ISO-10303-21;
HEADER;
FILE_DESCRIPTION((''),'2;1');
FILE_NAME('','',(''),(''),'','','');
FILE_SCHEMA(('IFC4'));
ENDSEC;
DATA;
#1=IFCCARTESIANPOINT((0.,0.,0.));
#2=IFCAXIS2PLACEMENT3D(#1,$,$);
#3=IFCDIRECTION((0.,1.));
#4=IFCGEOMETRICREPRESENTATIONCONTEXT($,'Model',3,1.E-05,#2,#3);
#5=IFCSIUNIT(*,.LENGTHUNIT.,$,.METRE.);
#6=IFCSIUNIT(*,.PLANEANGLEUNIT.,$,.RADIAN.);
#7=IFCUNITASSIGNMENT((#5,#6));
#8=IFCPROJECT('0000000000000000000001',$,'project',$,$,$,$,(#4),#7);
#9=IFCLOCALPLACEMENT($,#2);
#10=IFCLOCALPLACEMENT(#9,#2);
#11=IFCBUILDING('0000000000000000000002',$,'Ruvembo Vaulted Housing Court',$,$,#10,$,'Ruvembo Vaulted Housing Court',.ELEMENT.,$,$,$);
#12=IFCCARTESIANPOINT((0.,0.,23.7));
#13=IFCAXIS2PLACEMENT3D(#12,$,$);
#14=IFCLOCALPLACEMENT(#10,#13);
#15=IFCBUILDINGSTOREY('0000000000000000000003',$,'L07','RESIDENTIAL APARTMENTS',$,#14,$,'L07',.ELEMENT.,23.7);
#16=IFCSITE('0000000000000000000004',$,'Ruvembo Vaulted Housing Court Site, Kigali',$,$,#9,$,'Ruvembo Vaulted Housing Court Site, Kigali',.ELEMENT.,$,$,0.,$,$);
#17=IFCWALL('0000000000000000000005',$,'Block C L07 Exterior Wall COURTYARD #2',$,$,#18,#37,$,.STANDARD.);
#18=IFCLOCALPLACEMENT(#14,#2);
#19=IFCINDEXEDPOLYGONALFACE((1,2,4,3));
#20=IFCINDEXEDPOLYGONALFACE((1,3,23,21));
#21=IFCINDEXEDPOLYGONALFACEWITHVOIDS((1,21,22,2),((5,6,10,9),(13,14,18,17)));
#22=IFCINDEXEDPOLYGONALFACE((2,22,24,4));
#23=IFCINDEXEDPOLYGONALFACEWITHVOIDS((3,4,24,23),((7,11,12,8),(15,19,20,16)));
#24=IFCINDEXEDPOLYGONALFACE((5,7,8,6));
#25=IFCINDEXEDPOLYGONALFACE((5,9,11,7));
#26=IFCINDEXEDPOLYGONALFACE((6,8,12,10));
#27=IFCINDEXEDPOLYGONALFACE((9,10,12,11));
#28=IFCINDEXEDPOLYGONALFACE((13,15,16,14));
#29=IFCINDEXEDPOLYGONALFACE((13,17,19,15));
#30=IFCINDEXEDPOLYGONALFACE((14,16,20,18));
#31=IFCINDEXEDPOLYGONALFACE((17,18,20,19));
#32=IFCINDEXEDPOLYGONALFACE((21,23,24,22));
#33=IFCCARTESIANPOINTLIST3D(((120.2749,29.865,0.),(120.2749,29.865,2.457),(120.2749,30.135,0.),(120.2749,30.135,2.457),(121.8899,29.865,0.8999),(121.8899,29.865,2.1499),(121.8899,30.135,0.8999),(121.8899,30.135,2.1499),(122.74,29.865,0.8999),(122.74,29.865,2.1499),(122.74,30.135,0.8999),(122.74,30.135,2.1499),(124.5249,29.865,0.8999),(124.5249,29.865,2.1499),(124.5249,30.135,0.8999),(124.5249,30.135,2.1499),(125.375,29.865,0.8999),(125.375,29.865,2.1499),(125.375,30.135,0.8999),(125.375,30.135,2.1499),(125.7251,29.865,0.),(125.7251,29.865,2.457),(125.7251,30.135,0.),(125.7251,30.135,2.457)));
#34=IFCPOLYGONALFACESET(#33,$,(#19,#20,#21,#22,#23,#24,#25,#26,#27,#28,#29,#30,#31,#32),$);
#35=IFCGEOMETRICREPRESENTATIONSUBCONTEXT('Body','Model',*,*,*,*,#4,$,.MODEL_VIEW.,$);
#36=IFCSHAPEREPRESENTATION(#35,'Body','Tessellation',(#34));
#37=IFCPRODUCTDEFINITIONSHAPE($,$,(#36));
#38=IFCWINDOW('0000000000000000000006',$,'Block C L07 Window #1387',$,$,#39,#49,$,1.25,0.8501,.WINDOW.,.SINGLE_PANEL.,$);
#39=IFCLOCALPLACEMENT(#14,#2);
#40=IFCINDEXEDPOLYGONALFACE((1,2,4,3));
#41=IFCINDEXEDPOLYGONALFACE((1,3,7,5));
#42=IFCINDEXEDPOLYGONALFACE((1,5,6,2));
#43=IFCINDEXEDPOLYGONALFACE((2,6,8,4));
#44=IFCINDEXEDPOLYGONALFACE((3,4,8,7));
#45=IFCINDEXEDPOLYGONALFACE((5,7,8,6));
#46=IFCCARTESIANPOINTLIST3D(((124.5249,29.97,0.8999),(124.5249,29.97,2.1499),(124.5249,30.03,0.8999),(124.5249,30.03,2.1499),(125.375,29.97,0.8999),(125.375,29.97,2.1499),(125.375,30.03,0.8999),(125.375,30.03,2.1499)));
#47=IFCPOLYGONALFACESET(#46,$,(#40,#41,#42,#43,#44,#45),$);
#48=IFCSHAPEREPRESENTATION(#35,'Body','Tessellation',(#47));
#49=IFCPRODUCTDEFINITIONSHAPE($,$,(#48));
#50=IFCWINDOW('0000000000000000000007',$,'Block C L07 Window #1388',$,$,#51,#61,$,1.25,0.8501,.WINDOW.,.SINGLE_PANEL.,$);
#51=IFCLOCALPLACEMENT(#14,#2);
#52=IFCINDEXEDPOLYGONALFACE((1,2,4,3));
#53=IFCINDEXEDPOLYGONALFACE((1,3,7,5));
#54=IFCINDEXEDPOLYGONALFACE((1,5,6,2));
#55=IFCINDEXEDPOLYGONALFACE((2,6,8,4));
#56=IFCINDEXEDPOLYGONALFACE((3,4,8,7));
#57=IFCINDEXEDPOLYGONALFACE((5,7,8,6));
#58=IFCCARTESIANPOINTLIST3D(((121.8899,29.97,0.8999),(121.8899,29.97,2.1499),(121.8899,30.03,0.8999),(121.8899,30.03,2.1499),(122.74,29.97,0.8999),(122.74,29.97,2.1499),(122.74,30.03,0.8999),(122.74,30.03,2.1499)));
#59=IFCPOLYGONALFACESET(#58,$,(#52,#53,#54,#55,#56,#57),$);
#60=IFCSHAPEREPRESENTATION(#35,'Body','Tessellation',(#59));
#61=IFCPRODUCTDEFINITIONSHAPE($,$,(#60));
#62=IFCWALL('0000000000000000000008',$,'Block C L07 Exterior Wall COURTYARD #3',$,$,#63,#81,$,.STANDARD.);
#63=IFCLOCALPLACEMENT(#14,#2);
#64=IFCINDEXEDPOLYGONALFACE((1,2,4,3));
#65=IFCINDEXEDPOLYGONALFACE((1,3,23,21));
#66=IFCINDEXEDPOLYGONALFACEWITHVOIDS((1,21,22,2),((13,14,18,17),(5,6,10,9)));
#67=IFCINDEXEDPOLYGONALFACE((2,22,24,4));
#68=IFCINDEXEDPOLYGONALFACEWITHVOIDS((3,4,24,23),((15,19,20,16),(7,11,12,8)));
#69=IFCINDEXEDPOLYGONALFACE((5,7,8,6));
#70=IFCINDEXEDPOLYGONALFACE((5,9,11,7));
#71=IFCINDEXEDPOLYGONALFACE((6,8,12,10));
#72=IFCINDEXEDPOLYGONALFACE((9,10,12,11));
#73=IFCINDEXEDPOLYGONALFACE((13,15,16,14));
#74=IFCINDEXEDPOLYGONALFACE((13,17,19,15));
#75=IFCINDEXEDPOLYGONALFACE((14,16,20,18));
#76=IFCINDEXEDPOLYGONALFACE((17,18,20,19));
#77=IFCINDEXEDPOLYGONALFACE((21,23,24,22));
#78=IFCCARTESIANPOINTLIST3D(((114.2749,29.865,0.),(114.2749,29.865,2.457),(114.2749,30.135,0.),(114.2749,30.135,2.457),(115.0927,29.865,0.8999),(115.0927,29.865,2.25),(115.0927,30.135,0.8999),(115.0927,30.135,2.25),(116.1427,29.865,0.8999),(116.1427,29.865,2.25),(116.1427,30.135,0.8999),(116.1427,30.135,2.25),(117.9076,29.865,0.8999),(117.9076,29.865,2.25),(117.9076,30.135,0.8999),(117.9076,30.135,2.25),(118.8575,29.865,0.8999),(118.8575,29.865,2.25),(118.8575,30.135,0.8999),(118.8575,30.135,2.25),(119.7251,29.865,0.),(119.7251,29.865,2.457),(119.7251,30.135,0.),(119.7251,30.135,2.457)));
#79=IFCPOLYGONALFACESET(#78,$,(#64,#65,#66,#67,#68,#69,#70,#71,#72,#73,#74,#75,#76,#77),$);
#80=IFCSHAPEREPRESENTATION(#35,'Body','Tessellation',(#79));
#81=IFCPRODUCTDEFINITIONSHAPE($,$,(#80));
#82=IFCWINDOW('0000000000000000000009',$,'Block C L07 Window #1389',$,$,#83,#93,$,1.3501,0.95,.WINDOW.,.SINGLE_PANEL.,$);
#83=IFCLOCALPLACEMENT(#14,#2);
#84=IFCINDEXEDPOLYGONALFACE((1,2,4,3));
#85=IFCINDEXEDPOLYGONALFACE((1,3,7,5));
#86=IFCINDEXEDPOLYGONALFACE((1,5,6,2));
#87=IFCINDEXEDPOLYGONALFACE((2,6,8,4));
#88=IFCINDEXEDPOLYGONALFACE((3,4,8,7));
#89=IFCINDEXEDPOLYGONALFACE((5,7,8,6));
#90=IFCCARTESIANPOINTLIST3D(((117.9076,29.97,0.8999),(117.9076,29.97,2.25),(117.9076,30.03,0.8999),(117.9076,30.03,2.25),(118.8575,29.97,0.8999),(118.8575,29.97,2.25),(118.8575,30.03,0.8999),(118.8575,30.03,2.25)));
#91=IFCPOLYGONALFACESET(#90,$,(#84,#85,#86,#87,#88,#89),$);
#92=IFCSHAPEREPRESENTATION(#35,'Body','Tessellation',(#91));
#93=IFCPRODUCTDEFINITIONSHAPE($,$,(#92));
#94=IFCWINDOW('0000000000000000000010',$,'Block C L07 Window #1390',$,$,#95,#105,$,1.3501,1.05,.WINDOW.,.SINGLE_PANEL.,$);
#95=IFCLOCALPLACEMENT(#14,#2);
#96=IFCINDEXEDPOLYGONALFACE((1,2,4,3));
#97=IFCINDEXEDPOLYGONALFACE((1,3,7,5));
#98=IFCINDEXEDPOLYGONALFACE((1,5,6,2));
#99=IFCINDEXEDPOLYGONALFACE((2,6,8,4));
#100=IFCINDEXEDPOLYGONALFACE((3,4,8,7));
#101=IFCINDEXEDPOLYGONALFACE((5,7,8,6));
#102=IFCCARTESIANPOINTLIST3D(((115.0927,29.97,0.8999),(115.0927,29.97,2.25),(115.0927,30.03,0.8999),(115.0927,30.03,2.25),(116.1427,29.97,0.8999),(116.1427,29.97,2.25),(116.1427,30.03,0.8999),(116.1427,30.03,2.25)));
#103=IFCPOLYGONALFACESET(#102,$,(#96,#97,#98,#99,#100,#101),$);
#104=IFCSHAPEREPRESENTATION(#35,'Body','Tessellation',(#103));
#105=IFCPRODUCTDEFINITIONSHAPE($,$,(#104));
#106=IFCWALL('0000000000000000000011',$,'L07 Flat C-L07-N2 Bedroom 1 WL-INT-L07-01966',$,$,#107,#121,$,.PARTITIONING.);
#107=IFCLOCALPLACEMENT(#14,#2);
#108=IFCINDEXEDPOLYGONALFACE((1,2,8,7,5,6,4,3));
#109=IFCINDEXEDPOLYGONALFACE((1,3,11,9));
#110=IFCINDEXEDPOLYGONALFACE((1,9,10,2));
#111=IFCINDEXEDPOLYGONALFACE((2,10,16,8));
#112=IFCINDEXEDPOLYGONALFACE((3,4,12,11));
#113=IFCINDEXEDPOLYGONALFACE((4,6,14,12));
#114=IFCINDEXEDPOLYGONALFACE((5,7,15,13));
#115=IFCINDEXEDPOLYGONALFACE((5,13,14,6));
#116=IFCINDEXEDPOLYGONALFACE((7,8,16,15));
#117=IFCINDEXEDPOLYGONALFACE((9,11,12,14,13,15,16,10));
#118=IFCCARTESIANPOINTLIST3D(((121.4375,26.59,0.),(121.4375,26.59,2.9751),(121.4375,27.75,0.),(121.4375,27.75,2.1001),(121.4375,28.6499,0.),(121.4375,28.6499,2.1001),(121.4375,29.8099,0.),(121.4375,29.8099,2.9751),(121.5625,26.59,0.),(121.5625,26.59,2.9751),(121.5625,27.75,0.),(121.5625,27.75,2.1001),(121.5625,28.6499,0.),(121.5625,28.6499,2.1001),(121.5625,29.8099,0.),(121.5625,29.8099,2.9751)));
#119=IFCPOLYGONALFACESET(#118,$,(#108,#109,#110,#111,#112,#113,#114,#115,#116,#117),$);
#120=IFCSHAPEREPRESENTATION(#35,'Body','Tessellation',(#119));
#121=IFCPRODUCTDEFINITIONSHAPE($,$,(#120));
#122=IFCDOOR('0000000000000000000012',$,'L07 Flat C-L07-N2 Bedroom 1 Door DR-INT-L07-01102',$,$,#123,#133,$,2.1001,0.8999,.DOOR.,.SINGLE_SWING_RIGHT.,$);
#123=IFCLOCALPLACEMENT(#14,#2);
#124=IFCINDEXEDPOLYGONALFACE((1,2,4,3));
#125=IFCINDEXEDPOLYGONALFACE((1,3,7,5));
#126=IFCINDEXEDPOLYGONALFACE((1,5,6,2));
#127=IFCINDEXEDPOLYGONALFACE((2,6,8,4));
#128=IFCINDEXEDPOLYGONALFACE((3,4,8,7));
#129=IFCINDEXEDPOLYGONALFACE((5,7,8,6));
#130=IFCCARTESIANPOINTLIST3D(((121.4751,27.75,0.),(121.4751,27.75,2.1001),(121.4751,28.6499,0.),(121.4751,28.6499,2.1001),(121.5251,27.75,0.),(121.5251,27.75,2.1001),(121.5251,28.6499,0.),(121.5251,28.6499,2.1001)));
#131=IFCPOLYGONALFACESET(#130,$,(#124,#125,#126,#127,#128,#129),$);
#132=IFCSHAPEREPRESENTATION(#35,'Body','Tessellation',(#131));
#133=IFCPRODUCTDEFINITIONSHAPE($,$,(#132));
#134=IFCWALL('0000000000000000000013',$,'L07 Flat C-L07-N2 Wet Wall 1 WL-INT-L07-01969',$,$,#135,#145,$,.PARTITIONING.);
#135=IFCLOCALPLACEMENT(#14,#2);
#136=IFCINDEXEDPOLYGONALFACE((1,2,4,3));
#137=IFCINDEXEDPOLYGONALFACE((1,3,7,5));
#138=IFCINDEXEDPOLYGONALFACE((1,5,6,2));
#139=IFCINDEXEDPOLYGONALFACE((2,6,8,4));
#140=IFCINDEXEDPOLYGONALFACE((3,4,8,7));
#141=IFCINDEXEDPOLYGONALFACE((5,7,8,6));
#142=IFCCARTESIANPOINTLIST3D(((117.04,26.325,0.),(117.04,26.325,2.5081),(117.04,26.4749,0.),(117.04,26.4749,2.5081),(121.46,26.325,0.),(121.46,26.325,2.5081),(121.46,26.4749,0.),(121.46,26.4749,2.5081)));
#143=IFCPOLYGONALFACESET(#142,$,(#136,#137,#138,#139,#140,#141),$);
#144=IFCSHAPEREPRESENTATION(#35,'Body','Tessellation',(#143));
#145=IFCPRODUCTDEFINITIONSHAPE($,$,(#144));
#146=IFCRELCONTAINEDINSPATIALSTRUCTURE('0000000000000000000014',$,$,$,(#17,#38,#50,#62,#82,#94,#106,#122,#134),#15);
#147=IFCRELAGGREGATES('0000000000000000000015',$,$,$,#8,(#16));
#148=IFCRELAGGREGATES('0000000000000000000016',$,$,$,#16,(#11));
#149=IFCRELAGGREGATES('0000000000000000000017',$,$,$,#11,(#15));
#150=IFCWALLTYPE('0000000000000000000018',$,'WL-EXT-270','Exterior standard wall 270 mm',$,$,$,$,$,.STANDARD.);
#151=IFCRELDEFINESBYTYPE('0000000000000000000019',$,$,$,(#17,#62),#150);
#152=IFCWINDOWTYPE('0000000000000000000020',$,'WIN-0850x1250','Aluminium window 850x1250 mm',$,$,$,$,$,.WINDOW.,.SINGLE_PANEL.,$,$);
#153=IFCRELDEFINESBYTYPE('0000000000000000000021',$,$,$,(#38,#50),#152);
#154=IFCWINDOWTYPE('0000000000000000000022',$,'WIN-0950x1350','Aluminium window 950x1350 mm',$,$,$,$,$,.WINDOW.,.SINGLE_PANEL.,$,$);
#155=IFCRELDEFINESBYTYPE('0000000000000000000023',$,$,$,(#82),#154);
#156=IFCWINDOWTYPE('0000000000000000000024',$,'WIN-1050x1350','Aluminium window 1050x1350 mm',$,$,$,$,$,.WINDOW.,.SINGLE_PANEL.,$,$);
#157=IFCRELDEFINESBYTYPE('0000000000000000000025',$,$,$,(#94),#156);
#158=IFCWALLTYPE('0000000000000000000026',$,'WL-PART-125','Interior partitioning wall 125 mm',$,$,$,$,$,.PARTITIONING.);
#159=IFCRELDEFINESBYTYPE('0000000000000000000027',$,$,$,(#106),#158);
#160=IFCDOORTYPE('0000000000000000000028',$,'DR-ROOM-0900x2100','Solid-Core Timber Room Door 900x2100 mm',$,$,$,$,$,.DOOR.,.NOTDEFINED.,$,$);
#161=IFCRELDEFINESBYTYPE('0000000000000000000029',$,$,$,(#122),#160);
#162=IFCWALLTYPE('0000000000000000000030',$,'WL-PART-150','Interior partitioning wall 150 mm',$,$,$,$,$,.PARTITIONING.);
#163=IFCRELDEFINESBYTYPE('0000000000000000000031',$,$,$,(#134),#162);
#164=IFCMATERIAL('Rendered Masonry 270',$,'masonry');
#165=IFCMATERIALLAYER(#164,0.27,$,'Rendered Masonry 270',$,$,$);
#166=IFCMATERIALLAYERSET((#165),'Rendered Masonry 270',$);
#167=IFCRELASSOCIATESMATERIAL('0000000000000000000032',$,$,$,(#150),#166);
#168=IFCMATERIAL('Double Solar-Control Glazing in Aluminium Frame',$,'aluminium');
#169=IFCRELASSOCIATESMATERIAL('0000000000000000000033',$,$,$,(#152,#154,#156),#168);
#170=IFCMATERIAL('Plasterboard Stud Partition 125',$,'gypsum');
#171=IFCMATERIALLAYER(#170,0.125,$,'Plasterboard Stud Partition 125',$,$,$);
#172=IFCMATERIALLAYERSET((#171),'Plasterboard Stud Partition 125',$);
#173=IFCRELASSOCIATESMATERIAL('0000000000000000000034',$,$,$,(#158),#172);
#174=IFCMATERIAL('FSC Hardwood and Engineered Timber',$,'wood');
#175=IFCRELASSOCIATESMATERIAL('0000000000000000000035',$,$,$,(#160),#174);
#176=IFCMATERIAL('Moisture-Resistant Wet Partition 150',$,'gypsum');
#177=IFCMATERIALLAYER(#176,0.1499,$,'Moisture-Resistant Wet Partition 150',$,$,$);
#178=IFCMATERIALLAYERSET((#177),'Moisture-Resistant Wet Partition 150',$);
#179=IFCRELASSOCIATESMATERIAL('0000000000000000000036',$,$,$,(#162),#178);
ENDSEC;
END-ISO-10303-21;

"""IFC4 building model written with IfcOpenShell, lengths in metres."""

from ifc_helpers import new_model, si_unit, direction, frame, frame_2d, origin, place, context, subcontext, project, spatial, rectangle, extrude, material, layer, layer_set, type_object, element, fill, save


model = new_model("IFC4")

# Units and contexts
model_context = context("Model", 3, precision=1e-05, world=origin(), true_north=direction((0.0, 1.0)))
body_context = subcontext(model_context, "Body", "Model", "MODEL_VIEW")
ifc_project = project(units=[si_unit("LENGTHUNIT", "METRE"), si_unit("PLANEANGLEUNIT", "RADIAN")], contexts=[model_context])

# Site, building, storey
site_placement = place(None, origin())
site = spatial("IfcSite", under=ifc_project, at=site_placement, Name="Ruvembo Vaulted Housing Court Site, Kigali", LongName="Ruvembo Vaulted Housing Court Site, Kigali", CompositionType="ELEMENT", RefElevation=0.0)
building_placement = place(site_placement, origin())
building = spatial("IfcBuilding", under=site, at=building_placement, Name="Ruvembo Vaulted Housing Court", LongName="Ruvembo Vaulted Housing Court", CompositionType="ELEMENT")
storey_placement = place(building_placement, frame((0.0, 0.0, 23.7)))
storey = spatial("IfcBuildingStorey", under=building, at=storey_placement, Name="L07", Description="RESIDENTIAL APARTMENTS", LongName="L07", CompositionType="ELEMENT", Elevation=23.7)

# Walls, openings, windows
ifc_material_1 = material(Name="Rendered Masonry 270", Category="masonry")
ifc_layer_1 = layer(ifc_material_1, 0.27, Name="Rendered Masonry 270")
ifc_layer_set_1 = layer_set([ifc_layer_1], Name="Rendered Masonry 270")
wall_type_1 = type_object("IfcWallType", Name="WL-EXT-270", Description="Exterior standard wall 270 mm", PredefinedType="STANDARD", material=ifc_layer_set_1)
wall_1_placement = place(storey_placement, frame((125.7251, 30.0, 0.0), z_axis=(0.0, 0.0, 1.0), x_axis=(-1.0, 0.0, 0.0)))
wall_1 = element("IfcWall", 1, at=wall_1_placement, inside=storey, type_object=wall_type_1, Name="Block C L07 Exterior Wall COURTYARD #2", PredefinedType="STANDARD", context=body_context, shape_type="SweptSolid", body=[
    extrude(rectangle(XDim=5.4502, YDim=0.27, at=frame_2d((2.7251, 0.0))), origin(), (0.0, 0.0, 1.0), 2.457),
])
opening_1_placement = place(wall_1_placement, frame((0.3501, 0.0, 0.8999)))
opening_1 = element("IfcOpeningElement", 2, at=opening_1_placement, cuts=wall_1, PredefinedType="OPENING", context=body_context, shape_type="SweptSolid", body=[
    extrude(rectangle(XDim=0.8501, YDim=1.25, at=frame_2d((0.425, 0.625))), frame((0.0, 0.145, 0.0), z_axis=(0.0, -1.0, 0.0), x_axis=(1.0, 0.0, 0.0)), (0.0, 0.0, 1.0), 0.29),
])
opening_2_placement = place(wall_1_placement, frame((2.9851, 0.0, 0.8999)))
opening_2 = element("IfcOpeningElement", 3, at=opening_2_placement, cuts=wall_1, PredefinedType="OPENING", context=body_context, shape_type="SweptSolid", body=[
    extrude(rectangle(XDim=0.8501, YDim=1.25, at=frame_2d((0.425, 0.625))), frame((0.0, 0.145, 0.0), z_axis=(0.0, -1.0, 0.0), x_axis=(1.0, 0.0, 0.0)), (0.0, 0.0, 1.0), 0.29),
])
ifc_material_2 = material(Name="Double Solar-Control Glazing in Aluminium Frame", Category="aluminium")
window_type_1 = type_object("IfcWindowType", Name="WIN-0850x1250", Description="Aluminium window 850x1250 mm", PartitioningType="SINGLE_PANEL", PredefinedType="WINDOW", material=ifc_material_2)
window_1_placement = place(opening_1_placement, origin())
window_1 = element("IfcWindow", 4, at=window_1_placement, inside=storey, type_object=window_type_1, Name="Block C L07 Window #1387", OverallHeight=1.25, OverallWidth=0.8501, PartitioningType="SINGLE_PANEL", PredefinedType="WINDOW", context=body_context, shape_type="SweptSolid", body=[
    extrude(rectangle(XDim=0.8501, YDim=1.25, at=frame_2d((0.425, 0.625))), frame((0.0, 0.03, 0.0), z_axis=(0.0, -1.0, 0.0), x_axis=(1.0, 0.0, 0.0)), (0.0, 0.0, 1.0), 0.0601),
])
fill(opening_1, window_1)
window_2_placement = place(opening_2_placement, origin())
window_2 = element("IfcWindow", 5, at=window_2_placement, inside=storey, type_object=window_type_1, Name="Block C L07 Window #1388", OverallHeight=1.25, OverallWidth=0.8501, PartitioningType="SINGLE_PANEL", PredefinedType="WINDOW", context=body_context, shape_type="SweptSolid", body=[
    extrude(rectangle(XDim=0.8501, YDim=1.25, at=frame_2d((0.425, 0.625))), frame((0.0, 0.03, 0.0), z_axis=(0.0, -1.0, 0.0), x_axis=(1.0, 0.0, 0.0)), (0.0, 0.0, 1.0), 0.0601),
])
fill(opening_2, window_2)
wall_2_placement = place(storey_placement, frame((119.7251, 30.0, 0.0), z_axis=(0.0, 0.0, 1.0), x_axis=(-1.0, 0.0, 0.0)))
wall_2 = element("IfcWall", 6, at=wall_2_placement, inside=storey, type_object=wall_type_1, Name="Block C L07 Exterior Wall COURTYARD #3", PredefinedType="STANDARD", context=body_context, shape_type="SweptSolid", body=[
    extrude(rectangle(XDim=5.4502, YDim=0.27, at=frame_2d((2.7251, 0.0))), origin(), (0.0, 0.0, 1.0), 2.457),
])
opening_3_placement = place(wall_2_placement, frame((0.8674, 0.0, 0.8999)))
opening_3 = element("IfcOpeningElement", 7, at=opening_3_placement, cuts=wall_2, PredefinedType="OPENING", context=body_context, shape_type="SweptSolid", body=[
    extrude(rectangle(XDim=0.95, YDim=1.3501, at=frame_2d((0.4751, 0.675))), frame((0.0, 0.145, 0.0), z_axis=(0.0, -1.0, 0.0), x_axis=(1.0, 0.0, 0.0)), (0.0, 0.0, 1.0), 0.29),
])
opening_4_placement = place(wall_2_placement, frame((3.5825, 0.0, 0.8999)))
opening_4 = element("IfcOpeningElement", 8, at=opening_4_placement, cuts=wall_2, PredefinedType="OPENING", context=body_context, shape_type="SweptSolid", body=[
    extrude(rectangle(XDim=1.05, YDim=1.3501, at=frame_2d((0.5249, 0.675))), frame((0.0, 0.145, 0.0), z_axis=(0.0, -1.0, 0.0), x_axis=(1.0, 0.0, 0.0)), (0.0, 0.0, 1.0), 0.29),
])
window_type_2 = type_object("IfcWindowType", Name="WIN-0950x1350", Description="Aluminium window 950x1350 mm", PartitioningType="SINGLE_PANEL", PredefinedType="WINDOW", material=ifc_material_2)
window_3_placement = place(opening_3_placement, origin())
window_3 = element("IfcWindow", 9, at=window_3_placement, inside=storey, type_object=window_type_2, Name="Block C L07 Window #1389", OverallHeight=1.3501, OverallWidth=0.95, PartitioningType="SINGLE_PANEL", PredefinedType="WINDOW", context=body_context, shape_type="SweptSolid", body=[
    extrude(rectangle(XDim=0.95, YDim=1.3501, at=frame_2d((0.4751, 0.675))), frame((0.0, 0.03, 0.0), z_axis=(0.0, -1.0, 0.0), x_axis=(1.0, 0.0, 0.0)), (0.0, 0.0, 1.0), 0.0601),
])
fill(opening_3, window_3)
window_type_3 = type_object("IfcWindowType", Name="WIN-1050x1350", Description="Aluminium window 1050x1350 mm", PartitioningType="SINGLE_PANEL", PredefinedType="WINDOW", material=ifc_material_2)
window_4_placement = place(opening_4_placement, origin())
window_4 = element("IfcWindow", 10, at=window_4_placement, inside=storey, type_object=window_type_3, Name="Block C L07 Window #1390", OverallHeight=1.3501, OverallWidth=1.05, PartitioningType="SINGLE_PANEL", PredefinedType="WINDOW", context=body_context, shape_type="SweptSolid", body=[
    extrude(rectangle(XDim=1.05, YDim=1.3501, at=frame_2d((0.5249, 0.675))), frame((0.0, 0.03, 0.0), z_axis=(0.0, -1.0, 0.0), x_axis=(1.0, 0.0, 0.0)), (0.0, 0.0, 1.0), 0.0601),
])
fill(opening_4, window_4)

# Wall, opening, door
ifc_material_3 = material(Name="Plasterboard Stud Partition 125", Category="gypsum")
ifc_layer_2 = layer(ifc_material_3, 0.125, Name="Plasterboard Stud Partition 125")
ifc_layer_set_2 = layer_set([ifc_layer_2], Name="Plasterboard Stud Partition 125")
wall_type_2 = type_object("IfcWallType", Name="WL-PART-125", Description="Interior partitioning wall 125 mm", PredefinedType="PARTITIONING", material=ifc_layer_set_2)
wall_3_placement = place(storey_placement, frame((121.5, 26.5901, 0.0), z_axis=(0.0, 0.0, 1.0), x_axis=(0.0, 1.0, 0.0)))
wall_3 = element("IfcWall", 11, at=wall_3_placement, inside=storey, type_object=wall_type_2, Name="L07 Flat C-L07-N2 Bedroom 1 WL-INT-L07-01966", PredefinedType="PARTITIONING", context=body_context, shape_type="SweptSolid", body=[
    extrude(rectangle(XDim=3.22, YDim=0.125, at=frame_2d((1.6099, 0.0))), origin(), (0.0, 0.0, 1.0), 2.9751),
])
opening_5_placement = place(wall_3_placement, frame((1.1599, 0.0, 0.0)))
opening_5 = element("IfcOpeningElement", 12, at=opening_5_placement, cuts=wall_3, PredefinedType="OPENING", context=body_context, shape_type="SweptSolid", body=[
    extrude(rectangle(XDim=0.8999, YDim=2.1001, at=frame_2d((0.45, 1.05))), frame((0.0, 0.0725, 0.0), z_axis=(0.0, -1.0, 0.0), x_axis=(1.0, 0.0, 0.0)), (0.0, 0.0, 1.0), 0.145),
])
ifc_material_4 = material(Name="FSC Hardwood and Engineered Timber", Category="wood")
door_type_1 = type_object("IfcDoorType", Name="DR-ROOM-0900x2100", Description="Solid-Core Timber Room Door 900x2100 mm", OperationType="NOTDEFINED", PredefinedType="DOOR", material=ifc_material_4)
door_1_placement = place(opening_5_placement, origin())
door_1 = element("IfcDoor", 13, at=door_1_placement, inside=storey, type_object=door_type_1, Name="L07 Flat C-L07-N2 Bedroom 1 Door DR-INT-L07-01102", OperationType="SINGLE_SWING_RIGHT", OverallHeight=2.1001, OverallWidth=0.8999, PredefinedType="DOOR", context=body_context, shape_type="SweptSolid", body=[
    extrude(rectangle(XDim=0.8999, YDim=2.1001, at=frame_2d((0.45, 1.05))), frame((0.0, 0.0249, 0.0), z_axis=(0.0, -1.0, 0.0), x_axis=(1.0, 0.0, 0.0)), (0.0, 0.0, 1.0), 0.05),
])
fill(opening_5, door_1)

# Wall
ifc_material_5 = material(Name="Moisture-Resistant Wet Partition 150", Category="gypsum")
ifc_layer_3 = layer(ifc_material_5, 0.1499, Name="Moisture-Resistant Wet Partition 150")
ifc_layer_set_3 = layer_set([ifc_layer_3], Name="Moisture-Resistant Wet Partition 150")
wall_type_3 = type_object("IfcWallType", Name="WL-PART-150", Description="Interior partitioning wall 150 mm", PredefinedType="PARTITIONING", material=ifc_layer_set_3)
wall_4_placement = place(storey_placement, frame((117.04, 26.3999, 0.0), z_axis=(0.0, 0.0, 1.0), x_axis=(1.0, 0.0, 0.0)))
element("IfcWall", 14, at=wall_4_placement, inside=storey, type_object=wall_type_3, Name="L07 Flat C-L07-N2 Wet Wall 1 WL-INT-L07-01969", PredefinedType="PARTITIONING", context=body_context, shape_type="SweptSolid", body=[
    extrude(rectangle(XDim=4.4199, YDim=0.1499, at=frame_2d((2.21, 0.0))), origin(), (0.0, 0.0, 1.0), 2.5081),
])

save(model, "model.ifc")
